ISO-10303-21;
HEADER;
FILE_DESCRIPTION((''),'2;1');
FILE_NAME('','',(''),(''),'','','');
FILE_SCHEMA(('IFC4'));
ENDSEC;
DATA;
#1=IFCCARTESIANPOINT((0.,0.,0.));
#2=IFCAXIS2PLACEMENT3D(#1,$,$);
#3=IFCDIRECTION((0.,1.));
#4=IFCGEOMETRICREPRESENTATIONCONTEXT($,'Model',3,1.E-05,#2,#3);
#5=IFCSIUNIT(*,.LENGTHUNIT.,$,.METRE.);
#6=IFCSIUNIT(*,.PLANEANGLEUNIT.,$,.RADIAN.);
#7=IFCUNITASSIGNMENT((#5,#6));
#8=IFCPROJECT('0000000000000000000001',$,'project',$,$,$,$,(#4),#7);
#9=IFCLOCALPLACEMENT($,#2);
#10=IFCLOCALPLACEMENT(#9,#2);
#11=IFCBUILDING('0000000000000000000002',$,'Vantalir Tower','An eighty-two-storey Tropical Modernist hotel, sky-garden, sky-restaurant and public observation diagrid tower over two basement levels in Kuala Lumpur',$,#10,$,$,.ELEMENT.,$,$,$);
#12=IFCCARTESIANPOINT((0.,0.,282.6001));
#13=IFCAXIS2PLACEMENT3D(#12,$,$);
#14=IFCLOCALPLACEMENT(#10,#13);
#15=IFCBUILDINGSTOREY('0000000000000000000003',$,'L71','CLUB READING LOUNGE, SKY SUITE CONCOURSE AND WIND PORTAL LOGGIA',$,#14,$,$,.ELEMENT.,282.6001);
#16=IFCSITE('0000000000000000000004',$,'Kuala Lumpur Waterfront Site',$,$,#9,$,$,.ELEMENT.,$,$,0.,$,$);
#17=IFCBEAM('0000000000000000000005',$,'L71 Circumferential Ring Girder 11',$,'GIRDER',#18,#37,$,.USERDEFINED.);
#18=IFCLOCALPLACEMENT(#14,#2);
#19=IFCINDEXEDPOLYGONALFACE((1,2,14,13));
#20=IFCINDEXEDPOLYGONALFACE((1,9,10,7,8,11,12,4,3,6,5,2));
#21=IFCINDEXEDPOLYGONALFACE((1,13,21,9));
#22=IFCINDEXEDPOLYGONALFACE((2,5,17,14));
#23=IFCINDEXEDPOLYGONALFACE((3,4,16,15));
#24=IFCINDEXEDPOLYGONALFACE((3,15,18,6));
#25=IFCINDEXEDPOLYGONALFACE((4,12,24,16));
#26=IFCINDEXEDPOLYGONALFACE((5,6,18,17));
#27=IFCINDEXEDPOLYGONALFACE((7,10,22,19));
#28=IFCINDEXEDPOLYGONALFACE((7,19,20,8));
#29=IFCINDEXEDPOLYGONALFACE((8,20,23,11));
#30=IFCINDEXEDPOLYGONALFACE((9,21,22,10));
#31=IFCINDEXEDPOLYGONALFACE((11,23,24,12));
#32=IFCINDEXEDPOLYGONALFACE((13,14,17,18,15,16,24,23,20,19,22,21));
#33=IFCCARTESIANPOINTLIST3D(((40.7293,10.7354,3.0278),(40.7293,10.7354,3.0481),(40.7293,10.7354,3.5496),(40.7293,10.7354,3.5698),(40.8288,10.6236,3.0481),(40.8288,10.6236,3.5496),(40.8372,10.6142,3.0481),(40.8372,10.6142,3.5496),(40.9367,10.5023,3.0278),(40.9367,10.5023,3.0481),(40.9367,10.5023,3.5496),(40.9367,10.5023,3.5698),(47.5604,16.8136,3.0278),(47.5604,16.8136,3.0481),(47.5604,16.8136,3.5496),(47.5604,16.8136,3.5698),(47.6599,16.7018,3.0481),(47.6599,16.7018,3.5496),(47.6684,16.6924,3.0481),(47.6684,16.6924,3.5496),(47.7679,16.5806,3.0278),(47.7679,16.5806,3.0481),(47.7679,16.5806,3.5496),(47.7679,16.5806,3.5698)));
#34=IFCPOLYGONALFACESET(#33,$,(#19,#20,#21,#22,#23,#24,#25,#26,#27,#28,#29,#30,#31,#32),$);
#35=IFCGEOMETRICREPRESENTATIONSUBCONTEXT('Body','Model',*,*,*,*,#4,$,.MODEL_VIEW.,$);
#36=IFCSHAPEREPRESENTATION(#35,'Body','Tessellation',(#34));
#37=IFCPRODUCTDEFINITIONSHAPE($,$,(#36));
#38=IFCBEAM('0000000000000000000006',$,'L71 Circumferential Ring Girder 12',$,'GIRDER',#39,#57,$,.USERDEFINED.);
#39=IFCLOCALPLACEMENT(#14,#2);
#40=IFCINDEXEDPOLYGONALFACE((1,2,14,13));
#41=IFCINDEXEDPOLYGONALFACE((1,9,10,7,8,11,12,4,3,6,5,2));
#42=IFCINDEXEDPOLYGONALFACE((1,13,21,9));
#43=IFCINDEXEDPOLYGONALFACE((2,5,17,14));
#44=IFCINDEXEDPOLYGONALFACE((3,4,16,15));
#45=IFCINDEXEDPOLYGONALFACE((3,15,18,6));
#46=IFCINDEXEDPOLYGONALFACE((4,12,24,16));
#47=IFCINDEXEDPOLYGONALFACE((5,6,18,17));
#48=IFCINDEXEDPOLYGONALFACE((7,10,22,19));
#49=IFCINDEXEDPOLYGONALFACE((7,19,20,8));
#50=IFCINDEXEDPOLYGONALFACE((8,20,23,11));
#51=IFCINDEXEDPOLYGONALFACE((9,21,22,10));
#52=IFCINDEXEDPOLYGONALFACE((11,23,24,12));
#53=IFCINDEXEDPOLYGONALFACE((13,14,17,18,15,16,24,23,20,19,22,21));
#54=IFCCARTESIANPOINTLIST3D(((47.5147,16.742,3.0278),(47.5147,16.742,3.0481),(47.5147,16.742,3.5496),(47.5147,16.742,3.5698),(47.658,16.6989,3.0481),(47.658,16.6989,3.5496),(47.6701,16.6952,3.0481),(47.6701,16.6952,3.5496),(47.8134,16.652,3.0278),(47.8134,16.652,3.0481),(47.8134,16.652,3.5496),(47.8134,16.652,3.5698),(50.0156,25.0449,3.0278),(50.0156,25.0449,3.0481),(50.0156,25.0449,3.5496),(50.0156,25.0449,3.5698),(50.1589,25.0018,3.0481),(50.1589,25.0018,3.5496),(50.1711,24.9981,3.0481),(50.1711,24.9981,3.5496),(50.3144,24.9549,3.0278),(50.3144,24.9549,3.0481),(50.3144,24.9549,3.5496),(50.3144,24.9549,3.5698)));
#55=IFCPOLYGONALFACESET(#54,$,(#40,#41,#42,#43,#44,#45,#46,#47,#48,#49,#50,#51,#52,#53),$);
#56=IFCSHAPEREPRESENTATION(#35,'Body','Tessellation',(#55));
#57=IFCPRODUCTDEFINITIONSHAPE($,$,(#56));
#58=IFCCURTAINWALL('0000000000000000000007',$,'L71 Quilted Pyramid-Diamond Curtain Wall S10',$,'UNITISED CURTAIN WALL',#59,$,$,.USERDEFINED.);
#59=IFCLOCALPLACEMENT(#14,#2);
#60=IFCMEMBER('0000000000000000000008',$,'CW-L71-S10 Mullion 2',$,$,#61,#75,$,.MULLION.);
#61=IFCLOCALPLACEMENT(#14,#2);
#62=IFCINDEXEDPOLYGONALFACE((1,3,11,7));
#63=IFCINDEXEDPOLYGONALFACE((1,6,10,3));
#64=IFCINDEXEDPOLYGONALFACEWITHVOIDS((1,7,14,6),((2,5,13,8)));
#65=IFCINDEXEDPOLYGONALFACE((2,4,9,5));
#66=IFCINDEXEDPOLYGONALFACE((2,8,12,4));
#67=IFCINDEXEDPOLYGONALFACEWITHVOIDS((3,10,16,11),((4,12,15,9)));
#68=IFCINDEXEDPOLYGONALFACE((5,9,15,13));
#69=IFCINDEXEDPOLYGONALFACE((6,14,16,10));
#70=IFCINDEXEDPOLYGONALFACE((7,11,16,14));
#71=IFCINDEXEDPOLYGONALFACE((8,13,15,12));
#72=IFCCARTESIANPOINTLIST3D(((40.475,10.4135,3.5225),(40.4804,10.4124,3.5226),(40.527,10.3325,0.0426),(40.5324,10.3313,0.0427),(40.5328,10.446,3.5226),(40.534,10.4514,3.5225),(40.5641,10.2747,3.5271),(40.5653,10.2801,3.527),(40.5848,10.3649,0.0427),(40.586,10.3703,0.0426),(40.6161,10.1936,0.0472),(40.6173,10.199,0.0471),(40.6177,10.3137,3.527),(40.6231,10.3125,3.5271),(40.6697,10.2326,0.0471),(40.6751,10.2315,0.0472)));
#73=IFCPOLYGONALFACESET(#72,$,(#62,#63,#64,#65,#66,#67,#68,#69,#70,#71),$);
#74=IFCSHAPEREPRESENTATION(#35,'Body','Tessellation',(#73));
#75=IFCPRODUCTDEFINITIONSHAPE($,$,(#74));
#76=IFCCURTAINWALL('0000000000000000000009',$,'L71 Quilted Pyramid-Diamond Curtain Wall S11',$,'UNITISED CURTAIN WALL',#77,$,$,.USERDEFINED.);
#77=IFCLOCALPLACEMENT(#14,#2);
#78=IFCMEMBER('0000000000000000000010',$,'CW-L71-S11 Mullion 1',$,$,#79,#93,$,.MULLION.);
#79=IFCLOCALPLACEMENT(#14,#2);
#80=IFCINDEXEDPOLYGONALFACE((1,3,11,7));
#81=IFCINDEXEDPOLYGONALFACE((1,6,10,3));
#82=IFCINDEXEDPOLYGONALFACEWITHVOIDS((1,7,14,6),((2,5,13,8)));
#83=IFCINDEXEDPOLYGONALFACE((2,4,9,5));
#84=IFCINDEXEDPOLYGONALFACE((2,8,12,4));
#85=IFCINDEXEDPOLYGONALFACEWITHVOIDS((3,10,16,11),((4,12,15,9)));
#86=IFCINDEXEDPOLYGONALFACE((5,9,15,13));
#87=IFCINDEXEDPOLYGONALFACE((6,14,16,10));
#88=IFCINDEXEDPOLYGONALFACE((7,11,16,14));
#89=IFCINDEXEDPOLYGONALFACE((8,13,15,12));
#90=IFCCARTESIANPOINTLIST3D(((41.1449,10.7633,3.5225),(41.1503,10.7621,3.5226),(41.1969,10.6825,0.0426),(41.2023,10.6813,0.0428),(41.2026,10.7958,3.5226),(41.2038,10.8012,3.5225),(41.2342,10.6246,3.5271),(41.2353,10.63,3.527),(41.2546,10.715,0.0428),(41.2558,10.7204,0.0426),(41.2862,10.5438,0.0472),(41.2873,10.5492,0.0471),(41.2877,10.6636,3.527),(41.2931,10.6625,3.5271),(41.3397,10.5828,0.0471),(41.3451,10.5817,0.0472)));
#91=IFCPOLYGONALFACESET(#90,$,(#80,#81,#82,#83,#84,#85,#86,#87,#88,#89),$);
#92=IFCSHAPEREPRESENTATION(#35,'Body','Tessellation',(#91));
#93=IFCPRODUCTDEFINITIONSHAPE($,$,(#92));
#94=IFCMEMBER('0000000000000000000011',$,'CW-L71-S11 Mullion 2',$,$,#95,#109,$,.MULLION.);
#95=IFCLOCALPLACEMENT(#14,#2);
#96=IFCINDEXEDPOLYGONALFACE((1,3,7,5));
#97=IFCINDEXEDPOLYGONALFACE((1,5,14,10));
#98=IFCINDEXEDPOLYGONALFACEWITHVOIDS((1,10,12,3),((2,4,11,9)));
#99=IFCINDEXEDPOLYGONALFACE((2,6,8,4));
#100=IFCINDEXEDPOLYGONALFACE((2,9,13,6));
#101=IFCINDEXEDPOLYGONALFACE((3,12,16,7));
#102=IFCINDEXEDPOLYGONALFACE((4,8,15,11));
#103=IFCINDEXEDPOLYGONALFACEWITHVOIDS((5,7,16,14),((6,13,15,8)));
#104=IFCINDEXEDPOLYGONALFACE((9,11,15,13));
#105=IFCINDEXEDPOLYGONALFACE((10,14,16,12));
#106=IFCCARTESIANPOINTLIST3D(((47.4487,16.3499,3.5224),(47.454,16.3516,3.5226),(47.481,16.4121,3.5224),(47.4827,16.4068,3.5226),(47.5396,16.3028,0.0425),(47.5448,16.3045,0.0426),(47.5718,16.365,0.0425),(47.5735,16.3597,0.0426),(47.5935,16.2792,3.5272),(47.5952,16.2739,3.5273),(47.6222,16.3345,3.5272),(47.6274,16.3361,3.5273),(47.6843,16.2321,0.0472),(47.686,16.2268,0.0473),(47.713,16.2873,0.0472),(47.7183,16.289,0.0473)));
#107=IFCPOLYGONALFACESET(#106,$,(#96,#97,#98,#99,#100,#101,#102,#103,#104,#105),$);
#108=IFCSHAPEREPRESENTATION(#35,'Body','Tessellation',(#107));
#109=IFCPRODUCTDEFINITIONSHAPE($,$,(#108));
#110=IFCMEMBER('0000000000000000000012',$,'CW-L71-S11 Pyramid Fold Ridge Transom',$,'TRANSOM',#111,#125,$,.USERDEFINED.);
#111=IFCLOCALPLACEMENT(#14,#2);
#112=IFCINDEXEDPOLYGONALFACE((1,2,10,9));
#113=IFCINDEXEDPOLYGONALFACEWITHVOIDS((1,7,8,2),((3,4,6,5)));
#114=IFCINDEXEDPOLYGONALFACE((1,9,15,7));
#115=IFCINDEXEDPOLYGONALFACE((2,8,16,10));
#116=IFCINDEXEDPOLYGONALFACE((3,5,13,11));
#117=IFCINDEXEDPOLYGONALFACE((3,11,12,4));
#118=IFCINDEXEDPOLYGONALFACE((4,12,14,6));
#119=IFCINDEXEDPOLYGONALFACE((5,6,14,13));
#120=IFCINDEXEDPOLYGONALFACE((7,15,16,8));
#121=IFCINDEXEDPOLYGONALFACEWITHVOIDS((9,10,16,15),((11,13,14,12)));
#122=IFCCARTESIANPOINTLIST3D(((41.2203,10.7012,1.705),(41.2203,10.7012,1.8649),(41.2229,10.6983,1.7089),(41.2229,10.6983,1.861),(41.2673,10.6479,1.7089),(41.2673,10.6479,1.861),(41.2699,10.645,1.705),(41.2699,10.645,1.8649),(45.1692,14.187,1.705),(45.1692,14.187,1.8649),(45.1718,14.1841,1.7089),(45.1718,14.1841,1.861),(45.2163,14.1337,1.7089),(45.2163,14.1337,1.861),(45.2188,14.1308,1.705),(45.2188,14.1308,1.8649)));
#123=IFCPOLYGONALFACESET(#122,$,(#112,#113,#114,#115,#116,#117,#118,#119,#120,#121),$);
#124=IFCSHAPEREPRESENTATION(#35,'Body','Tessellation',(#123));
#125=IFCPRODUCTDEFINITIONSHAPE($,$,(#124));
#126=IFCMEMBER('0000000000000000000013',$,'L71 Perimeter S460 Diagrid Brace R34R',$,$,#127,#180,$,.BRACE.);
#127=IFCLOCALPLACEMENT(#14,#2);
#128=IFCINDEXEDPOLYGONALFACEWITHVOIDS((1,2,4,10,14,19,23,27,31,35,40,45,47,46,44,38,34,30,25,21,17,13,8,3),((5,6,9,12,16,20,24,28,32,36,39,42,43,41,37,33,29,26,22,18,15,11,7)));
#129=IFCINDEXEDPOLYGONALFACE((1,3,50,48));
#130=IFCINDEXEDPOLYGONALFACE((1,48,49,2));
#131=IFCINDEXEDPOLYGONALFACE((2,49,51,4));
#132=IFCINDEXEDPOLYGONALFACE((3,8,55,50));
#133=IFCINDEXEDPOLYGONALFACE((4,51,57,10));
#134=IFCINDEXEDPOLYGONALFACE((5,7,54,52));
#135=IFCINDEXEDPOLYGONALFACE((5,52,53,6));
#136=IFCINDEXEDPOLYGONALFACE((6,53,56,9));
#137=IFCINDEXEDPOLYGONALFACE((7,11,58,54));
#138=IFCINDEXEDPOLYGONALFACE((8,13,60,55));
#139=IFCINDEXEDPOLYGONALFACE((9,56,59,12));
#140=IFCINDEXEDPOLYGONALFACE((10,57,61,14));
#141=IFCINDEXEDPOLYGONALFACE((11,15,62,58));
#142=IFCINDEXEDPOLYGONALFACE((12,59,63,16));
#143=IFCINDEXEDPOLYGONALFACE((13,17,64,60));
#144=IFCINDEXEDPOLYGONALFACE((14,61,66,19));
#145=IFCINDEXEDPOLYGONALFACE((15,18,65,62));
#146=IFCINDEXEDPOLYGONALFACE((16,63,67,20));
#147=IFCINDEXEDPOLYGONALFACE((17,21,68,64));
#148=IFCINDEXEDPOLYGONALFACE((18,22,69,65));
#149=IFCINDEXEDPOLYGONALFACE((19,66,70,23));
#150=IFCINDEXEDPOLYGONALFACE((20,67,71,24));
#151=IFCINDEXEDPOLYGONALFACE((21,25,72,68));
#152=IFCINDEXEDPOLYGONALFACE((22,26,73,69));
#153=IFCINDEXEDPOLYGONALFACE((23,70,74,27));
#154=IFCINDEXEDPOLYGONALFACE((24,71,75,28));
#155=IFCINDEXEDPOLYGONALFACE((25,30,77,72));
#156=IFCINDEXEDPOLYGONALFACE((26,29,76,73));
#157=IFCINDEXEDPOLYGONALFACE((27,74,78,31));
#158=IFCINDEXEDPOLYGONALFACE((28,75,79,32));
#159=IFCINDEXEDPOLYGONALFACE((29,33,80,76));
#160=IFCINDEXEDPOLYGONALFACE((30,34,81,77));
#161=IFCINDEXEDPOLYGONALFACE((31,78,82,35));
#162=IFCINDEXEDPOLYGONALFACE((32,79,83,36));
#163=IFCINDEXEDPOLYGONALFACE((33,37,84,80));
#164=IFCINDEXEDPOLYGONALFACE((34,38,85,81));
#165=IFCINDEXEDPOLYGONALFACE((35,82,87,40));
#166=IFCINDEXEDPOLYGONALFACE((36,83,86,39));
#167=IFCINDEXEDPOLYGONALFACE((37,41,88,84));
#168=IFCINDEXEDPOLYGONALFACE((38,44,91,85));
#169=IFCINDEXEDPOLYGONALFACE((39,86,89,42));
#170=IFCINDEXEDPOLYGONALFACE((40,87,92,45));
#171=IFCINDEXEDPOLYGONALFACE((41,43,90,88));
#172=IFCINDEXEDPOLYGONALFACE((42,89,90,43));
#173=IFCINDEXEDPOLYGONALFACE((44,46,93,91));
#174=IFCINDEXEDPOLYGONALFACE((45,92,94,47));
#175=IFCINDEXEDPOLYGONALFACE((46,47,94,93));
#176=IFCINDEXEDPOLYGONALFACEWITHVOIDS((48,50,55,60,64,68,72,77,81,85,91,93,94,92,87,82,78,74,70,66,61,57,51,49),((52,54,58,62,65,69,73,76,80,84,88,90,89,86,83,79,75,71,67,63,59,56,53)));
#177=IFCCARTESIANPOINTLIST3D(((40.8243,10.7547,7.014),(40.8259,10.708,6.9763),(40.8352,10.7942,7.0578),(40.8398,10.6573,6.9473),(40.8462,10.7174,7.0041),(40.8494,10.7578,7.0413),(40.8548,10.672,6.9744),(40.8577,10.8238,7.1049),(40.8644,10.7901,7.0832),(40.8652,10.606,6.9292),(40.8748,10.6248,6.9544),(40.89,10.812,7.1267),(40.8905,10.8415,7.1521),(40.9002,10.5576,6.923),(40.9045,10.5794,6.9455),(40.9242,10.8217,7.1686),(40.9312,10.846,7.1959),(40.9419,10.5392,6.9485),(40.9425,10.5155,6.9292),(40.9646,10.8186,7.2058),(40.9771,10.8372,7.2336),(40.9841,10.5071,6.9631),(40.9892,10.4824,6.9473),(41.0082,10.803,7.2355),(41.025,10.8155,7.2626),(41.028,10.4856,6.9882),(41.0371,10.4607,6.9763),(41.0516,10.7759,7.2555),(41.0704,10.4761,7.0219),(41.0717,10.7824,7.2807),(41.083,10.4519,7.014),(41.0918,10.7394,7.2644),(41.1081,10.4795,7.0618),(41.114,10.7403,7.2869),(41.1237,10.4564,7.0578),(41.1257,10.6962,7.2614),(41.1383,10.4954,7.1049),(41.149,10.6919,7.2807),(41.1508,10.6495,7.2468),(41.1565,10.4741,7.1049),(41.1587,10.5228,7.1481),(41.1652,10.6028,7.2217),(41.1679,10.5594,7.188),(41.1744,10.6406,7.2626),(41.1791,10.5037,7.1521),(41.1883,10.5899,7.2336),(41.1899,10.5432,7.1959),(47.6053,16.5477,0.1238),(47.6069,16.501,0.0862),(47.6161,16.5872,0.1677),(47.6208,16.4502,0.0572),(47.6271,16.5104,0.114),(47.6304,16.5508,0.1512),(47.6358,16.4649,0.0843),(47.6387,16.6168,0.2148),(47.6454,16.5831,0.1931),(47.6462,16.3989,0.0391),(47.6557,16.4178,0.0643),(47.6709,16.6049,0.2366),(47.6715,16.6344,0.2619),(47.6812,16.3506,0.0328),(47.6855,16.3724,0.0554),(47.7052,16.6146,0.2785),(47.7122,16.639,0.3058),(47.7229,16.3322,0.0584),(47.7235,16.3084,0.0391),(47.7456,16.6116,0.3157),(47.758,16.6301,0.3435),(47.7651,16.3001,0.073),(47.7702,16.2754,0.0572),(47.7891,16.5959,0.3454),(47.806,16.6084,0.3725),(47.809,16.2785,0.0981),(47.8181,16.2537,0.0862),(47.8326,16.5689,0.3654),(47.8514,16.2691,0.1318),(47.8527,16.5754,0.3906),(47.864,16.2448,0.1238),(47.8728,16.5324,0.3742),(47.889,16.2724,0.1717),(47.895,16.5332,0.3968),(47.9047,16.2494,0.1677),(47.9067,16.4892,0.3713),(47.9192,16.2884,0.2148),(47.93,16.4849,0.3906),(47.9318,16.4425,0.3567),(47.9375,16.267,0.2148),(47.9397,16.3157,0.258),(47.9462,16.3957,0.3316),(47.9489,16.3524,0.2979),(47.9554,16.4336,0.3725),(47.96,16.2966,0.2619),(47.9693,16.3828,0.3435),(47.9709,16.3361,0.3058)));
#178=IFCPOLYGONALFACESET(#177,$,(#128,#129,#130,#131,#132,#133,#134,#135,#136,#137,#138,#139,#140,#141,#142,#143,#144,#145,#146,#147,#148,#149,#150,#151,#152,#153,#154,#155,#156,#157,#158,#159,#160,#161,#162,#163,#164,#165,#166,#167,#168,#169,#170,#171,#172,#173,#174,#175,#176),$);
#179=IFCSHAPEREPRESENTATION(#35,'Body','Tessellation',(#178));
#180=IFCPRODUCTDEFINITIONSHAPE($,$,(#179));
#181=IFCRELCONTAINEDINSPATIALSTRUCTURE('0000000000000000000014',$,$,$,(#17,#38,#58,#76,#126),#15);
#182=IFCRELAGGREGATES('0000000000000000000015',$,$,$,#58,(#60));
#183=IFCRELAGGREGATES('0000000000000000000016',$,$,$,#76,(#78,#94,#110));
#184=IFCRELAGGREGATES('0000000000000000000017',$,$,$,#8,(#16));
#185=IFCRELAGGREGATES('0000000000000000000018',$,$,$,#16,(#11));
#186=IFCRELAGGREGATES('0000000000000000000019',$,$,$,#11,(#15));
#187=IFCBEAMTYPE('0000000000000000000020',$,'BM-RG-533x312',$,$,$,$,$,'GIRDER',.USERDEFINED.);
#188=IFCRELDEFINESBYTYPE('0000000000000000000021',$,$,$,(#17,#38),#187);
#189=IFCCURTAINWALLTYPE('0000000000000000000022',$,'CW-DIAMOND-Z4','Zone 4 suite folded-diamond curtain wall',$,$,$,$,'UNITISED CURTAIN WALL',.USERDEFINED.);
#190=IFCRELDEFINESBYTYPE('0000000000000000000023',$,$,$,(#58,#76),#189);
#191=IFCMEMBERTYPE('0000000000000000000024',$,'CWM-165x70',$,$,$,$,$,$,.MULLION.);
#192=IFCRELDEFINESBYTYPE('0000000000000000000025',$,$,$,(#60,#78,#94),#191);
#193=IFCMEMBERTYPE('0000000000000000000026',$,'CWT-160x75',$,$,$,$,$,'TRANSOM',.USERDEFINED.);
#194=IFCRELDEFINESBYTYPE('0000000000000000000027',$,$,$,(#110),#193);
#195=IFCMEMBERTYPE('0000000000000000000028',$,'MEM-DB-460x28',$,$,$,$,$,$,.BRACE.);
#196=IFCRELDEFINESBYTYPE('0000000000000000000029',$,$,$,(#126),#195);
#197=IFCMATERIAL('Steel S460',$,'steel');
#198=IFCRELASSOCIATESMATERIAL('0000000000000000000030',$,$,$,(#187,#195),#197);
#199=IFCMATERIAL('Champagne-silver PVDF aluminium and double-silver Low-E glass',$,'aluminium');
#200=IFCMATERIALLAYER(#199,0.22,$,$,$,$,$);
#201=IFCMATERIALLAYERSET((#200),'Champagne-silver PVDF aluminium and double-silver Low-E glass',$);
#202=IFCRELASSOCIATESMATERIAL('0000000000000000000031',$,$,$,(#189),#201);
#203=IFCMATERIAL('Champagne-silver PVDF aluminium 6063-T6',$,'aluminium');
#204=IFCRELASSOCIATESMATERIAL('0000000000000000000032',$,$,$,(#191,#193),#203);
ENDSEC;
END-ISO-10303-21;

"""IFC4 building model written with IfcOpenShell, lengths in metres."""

from ifc_helpers import new_model, si_unit, direction, frame, origin, origin_2d, place, context, subcontext, project, spatial, hollow_rectangle, hollow_circle, i_section, extrude, material, layer, layer_set, material_profile, profile_set, type_object, element, aggregate, save


model = new_model("IFC4")

# Units and contexts
model_context = context("Model", 3, precision=1e-05, world=origin(), true_north=direction((0.0, 1.0)))
body_context = subcontext(model_context, "Body", "Model", "MODEL_VIEW")
ifc_project = project(units=[si_unit("LENGTHUNIT", "METRE"), si_unit("PLANEANGLEUNIT", "RADIAN")], contexts=[model_context])

# Site, building, storey
site_placement = place(None, origin())
site = spatial("IfcSite", under=ifc_project, at=site_placement, Name="Kuala Lumpur Waterfront Site", CompositionType="ELEMENT", RefElevation=0.0)
building_placement = place(site_placement, origin())
building = spatial("IfcBuilding", under=site, at=building_placement, Name="Vantalir Tower", Description="An eighty-two-storey Tropical Modernist hotel, sky-garden, sky-restaurant and public observation diagrid tower over two basement levels in Kuala Lumpur", CompositionType="ELEMENT")
storey_placement = place(building_placement, frame((0.0, 0.0, 282.6001)))
storey = spatial("IfcBuildingStorey", under=building, at=storey_placement, Name="L71", Description="CLUB READING LOUNGE, SKY SUITE CONCOURSE AND WIND PORTAL LOGGIA", CompositionType="ELEMENT", Elevation=282.6001)

# Shared definitions
ifc_material_1 = material(Name="Steel S460", Category="steel")

# Beams
ifc_material_profile_1 = material_profile(ifc_material_1, i_section(OverallWidth=0.312, OverallDepth=0.542, WebThickness=0.0127, FlangeThickness=0.0203, at=origin_2d()), Name="Steel S460")
ifc_profile_set_1 = profile_set([ifc_material_profile_1], Name="Steel S460")
beam_type_1 = type_object("IfcBeamType", Name="BM-RG-533x312", ElementType="GIRDER", PredefinedType="USERDEFINED", material=ifc_profile_set_1)
beam_1_placement = place(storey_placement, frame((40.833, 10.6189, 3.2988), z_axis=(0.747079, 0.664735, 0.0), x_axis=(-0.664735, 0.747079, 0.0)))
element("IfcBeam", 1, at=beam_1_placement, inside=storey, type_object=beam_type_1, Name="L71 Circumferential Ring Girder 11", ObjectType="GIRDER", PredefinedType="USERDEFINED", context=body_context, shape_type="SweptSolid", body=[
    extrude(i_section(OverallWidth=0.312, OverallDepth=0.542, WebThickness=0.0127, FlangeThickness=0.0203, at=origin_2d()), origin(), (0.0, 0.0, 1.0), 9.1438),
])
beam_2_placement = place(storey_placement, frame((47.6641, 16.697, 3.2988), z_axis=(0.288414, 0.957506, 0.0), x_axis=(-0.957506, 0.288414, 0.0)))
element("IfcBeam", 2, at=beam_2_placement, inside=storey, type_object=beam_type_1, Name="L71 Circumferential Ring Girder 12", ObjectType="GIRDER", PredefinedType="USERDEFINED", context=body_context, shape_type="SweptSolid", body=[
    extrude(i_section(OverallWidth=0.312, OverallDepth=0.542, WebThickness=0.0127, FlangeThickness=0.0203, at=origin_2d()), origin(), (0.0, 0.0, 1.0), 8.6714),
])

# Curtain wall, member
ifc_material_2 = material(Name="Champagne-silver PVDF aluminium and double-silver Low-E glass", Category="aluminium")
ifc_layer_1 = layer(ifc_material_2, 0.22)
ifc_layer_set_1 = layer_set([ifc_layer_1], Name="Champagne-silver PVDF aluminium and double-silver Low-E glass")
curtain_wall_type = type_object("IfcCurtainWallType", Name="CW-DIAMOND-Z4", Description="Zone 4 suite folded-diamond curtain wall", ElementType="UNITISED CURTAIN WALL", PredefinedType="USERDEFINED", material=ifc_layer_set_1)
curtain_wall_1_placement = place(storey_placement, origin())
curtain_wall_1 = element("IfcCurtainWall", 3, at=curtain_wall_1_placement, inside=storey, type_object=curtain_wall_type, Name="L71 Quilted Pyramid-Diamond Curtain Wall S10", ObjectType="UNITISED CURTAIN WALL", PredefinedType="USERDEFINED")
ifc_material_3 = material(Name="Champagne-silver PVDF aluminium 6063-T6", Category="aluminium")
ifc_material_profile_2 = material_profile(ifc_material_3, hollow_rectangle(XDim=0.0701, YDim=0.165, WallThickness=0.0039, at=origin_2d()), Name="Champagne-silver PVDF aluminium 6063-T6")
ifc_profile_set_2 = profile_set([ifc_material_profile_2], Name="Champagne-silver PVDF aluminium 6063-T6")
member_type_1 = type_object("IfcMemberType", Name="CWM-165x70", PredefinedType="MULLION", material=ifc_profile_set_2)
member_1_placement = place(storey_placement, frame((40.6011, 10.282, 0.0449), z_axis=(-0.014937, 0.023283, 0.999617), x_axis=(-0.841672, -0.539989, 0.0)))
member_1 = element("IfcMember", 4, at=member_1_placement, type_object=member_type_1, Name="CW-L71-S10 Mullion 2", PredefinedType="MULLION", context=body_context, shape_type="SweptSolid", body=[
    extrude(hollow_rectangle(XDim=0.0701, YDim=0.165, WallThickness=0.0039, at=origin_2d()), origin(), (0.0, 0.0, 1.0), 3.4812),
])

# Curtain wall, members
curtain_wall_2_placement = place(storey_placement, origin())
curtain_wall_2 = element("IfcCurtainWall", 5, at=curtain_wall_2_placement, inside=storey, type_object=curtain_wall_type, Name="L71 Quilted Pyramid-Diamond Curtain Wall S11", ObjectType="UNITISED CURTAIN WALL", PredefinedType="USERDEFINED")
member_2_placement = place(storey_placement, frame((41.271, 10.6321, 0.0449), z_axis=(-0.014937, 0.023213, 0.999619), x_axis=(-0.840931, -0.541143, 0.0)))
member_2 = element("IfcMember", 6, at=member_2_placement, type_object=member_type_1, Name="CW-L71-S11 Mullion 1", PredefinedType="MULLION", context=body_context, shape_type="SweptSolid", body=[
    extrude(hollow_rectangle(XDim=0.0701, YDim=0.165, WallThickness=0.0039, at=origin_2d()), origin(), (0.0, 0.0, 1.0), 3.4812),
])
member_3_placement = place(storey_placement, frame((47.6289, 16.2959, 0.0449), z_axis=(-0.026087, 0.013534, 0.999568), x_axis=(-0.460526, -0.887646, 0.0)))
member_3 = element("IfcMember", 7, at=member_3_placement, type_object=member_type_1, Name="CW-L71-S11 Mullion 2", PredefinedType="MULLION", context=body_context, shape_type="SweptSolid", body=[
    extrude(hollow_rectangle(XDim=0.0701, YDim=0.165, WallThickness=0.0039, at=origin_2d()), origin(), (0.0, 0.0, 1.0), 3.4814),
])
ifc_material_profile_3 = material_profile(ifc_material_3, hollow_rectangle(XDim=0.075, YDim=0.1599, WallThickness=0.0039, at=origin_2d()), Name="Champagne-silver PVDF aluminium 6063-T6")
ifc_profile_set_3 = profile_set([ifc_material_profile_3], Name="Champagne-silver PVDF aluminium 6063-T6")
member_type_2 = type_object("IfcMemberType", Name="CWT-160x75", ElementType="TRANSOM", PredefinedType="USERDEFINED", material=ifc_profile_set_3)
member_4_placement = place(storey_placement, frame((41.2451, 10.6731, 1.7849), z_axis=(0.749701, 0.661776, 0.0), x_axis=(-0.661776, 0.749701, 0.0)))
member_4 = element("IfcMember", 8, at=member_4_placement, type_object=member_type_2, Name="CW-L71-S11 Pyramid Fold Ridge Transom", ObjectType="TRANSOM", PredefinedType="USERDEFINED", context=body_context, shape_type="SweptSolid", body=[
    extrude(hollow_rectangle(XDim=0.075, YDim=0.1599, WallThickness=0.0039, at=origin_2d()), origin(), (0.0, 0.0, 1.0), 5.2673),
])

# Member
ifc_material_profile_4 = material_profile(ifc_material_1, hollow_circle(Radius=0.23, WallThickness=0.0281, at=origin_2d()), Name="Steel S460")
ifc_profile_set_4 = profile_set([ifc_material_profile_4], Name="Steel S460")
member_type_3 = type_object("IfcMemberType", Name="MEM-DB-460x28", PredefinedType="BRACE", material=ifc_profile_set_4)
member_5_placement = place(storey_placement, frame((47.7881, 16.4419, 0.2148), z_axis=(-0.601683, -0.514013, 0.611366), x_axis=(0.649542, -0.760326, 0.0)))
element("IfcMember", 9, at=member_5_placement, inside=storey, type_object=member_type_3, Name="L71 Perimeter S460 Diagrid Brace R34R", PredefinedType="BRACE", context=body_context, shape_type="SweptSolid", body=[
    extrude(hollow_circle(Radius=0.23, WallThickness=0.0281, at=origin_2d()), origin(), (0.0, 0.0, 1.0), 11.27),
])

aggregate(curtain_wall_1, [member_1])
aggregate(curtain_wall_2, [member_2, member_3, member_4])

save(model, "model.ifc")
